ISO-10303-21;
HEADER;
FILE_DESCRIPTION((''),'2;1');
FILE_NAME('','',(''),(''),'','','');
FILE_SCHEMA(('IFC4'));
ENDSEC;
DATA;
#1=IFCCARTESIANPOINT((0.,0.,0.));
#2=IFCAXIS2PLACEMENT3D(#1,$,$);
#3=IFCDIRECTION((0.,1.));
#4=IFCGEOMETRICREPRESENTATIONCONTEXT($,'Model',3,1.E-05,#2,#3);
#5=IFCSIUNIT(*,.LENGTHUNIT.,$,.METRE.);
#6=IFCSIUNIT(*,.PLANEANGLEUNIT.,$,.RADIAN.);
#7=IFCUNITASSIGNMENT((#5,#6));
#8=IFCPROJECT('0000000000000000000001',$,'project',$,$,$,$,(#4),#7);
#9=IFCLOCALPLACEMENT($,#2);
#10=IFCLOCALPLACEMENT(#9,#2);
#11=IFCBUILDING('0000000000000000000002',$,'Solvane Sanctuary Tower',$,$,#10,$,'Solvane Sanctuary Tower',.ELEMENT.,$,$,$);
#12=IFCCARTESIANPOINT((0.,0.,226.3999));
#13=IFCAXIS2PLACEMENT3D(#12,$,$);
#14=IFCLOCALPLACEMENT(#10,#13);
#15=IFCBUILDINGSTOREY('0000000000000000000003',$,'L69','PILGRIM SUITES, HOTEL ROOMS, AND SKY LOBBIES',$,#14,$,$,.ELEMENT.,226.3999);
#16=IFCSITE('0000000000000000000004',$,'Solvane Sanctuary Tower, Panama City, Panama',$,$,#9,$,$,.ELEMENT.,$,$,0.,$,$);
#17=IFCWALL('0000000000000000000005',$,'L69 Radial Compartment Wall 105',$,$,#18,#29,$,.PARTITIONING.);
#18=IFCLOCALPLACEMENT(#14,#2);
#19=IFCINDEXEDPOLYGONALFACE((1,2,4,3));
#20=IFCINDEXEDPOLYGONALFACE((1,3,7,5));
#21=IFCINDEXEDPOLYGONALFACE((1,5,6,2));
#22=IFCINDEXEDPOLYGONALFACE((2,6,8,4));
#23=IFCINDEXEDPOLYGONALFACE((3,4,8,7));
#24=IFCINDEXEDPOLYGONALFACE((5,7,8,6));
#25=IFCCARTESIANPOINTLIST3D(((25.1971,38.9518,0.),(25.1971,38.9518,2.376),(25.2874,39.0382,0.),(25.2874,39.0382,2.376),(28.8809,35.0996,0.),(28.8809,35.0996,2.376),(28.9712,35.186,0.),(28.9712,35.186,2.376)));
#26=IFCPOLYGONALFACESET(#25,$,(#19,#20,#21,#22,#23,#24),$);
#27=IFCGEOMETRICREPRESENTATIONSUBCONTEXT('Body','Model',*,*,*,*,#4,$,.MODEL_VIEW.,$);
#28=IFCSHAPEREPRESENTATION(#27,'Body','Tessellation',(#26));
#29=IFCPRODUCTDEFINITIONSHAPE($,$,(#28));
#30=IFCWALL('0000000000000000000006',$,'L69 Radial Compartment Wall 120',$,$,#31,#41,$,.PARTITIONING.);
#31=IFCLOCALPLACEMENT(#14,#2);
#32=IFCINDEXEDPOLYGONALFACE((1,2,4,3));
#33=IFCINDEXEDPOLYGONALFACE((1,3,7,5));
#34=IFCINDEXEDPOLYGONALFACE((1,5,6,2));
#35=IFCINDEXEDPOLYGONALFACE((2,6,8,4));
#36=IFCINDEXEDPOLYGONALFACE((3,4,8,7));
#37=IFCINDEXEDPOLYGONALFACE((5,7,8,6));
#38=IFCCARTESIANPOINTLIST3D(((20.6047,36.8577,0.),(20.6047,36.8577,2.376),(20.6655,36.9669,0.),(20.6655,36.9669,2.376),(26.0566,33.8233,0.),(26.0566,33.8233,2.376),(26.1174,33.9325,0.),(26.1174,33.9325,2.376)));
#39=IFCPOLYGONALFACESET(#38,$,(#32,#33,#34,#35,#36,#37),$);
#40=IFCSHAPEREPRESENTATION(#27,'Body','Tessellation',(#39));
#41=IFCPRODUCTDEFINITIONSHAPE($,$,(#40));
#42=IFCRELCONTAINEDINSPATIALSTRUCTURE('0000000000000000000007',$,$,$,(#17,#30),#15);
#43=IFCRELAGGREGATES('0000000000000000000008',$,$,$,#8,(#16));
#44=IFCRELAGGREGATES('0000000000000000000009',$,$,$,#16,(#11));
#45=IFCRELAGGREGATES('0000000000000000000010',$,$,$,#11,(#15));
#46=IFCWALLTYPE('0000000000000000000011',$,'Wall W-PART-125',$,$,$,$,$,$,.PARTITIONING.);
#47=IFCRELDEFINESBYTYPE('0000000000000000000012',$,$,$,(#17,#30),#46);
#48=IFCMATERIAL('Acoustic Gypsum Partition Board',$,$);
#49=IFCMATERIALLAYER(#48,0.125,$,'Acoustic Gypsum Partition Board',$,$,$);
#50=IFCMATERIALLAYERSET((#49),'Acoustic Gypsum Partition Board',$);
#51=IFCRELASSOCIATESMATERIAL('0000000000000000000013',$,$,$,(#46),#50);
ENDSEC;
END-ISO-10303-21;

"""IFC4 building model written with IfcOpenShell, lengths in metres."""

from ifc_helpers import new_model, si_unit, direction, frame, frame_2d, origin, place, context, subcontext, project, spatial, rectangle, extrude, material, layer, layer_set, type_object, element, save


model = new_model("IFC4")

# Units and contexts
model_context = context("Model", 3, precision=1e-05, world=origin(), true_north=direction((0.0, 1.0)))
body_context = subcontext(model_context, "Body", "Model", "MODEL_VIEW")
ifc_project = project(units=[si_unit("LENGTHUNIT", "METRE"), si_unit("PLANEANGLEUNIT", "RADIAN")], contexts=[model_context])

# Site, building, storey
site_placement = place(None, origin())
site = spatial("IfcSite", under=ifc_project, at=site_placement, Name="Solvane Sanctuary Tower, Panama City, Panama", CompositionType="ELEMENT", RefElevation=0.0)
building_placement = place(site_placement, origin())
building = spatial("IfcBuilding", under=site, at=building_placement, Name="Solvane Sanctuary Tower", LongName="Solvane Sanctuary Tower", CompositionType="ELEMENT")
storey_placement = place(building_placement, frame((0.0, 0.0, 226.3999)))
storey = spatial("IfcBuildingStorey", under=building, at=storey_placement, Name="L69", Description="PILGRIM SUITES, HOTEL ROOMS, AND SKY LOBBIES", CompositionType="ELEMENT", Elevation=226.3999)

# Shared definitions
ifc_material_1 = material(Name="Acoustic Gypsum Partition Board")

# Walls
ifc_layer_1 = layer(ifc_material_1, 0.125, Name="Acoustic Gypsum Partition Board")
ifc_layer_set_1 = layer_set([ifc_layer_1], Name="Acoustic Gypsum Partition Board")
wall_type_1 = type_object("IfcWallType", Name="Wall W-PART-125", PredefinedType="PARTITIONING", material=ifc_layer_set_1)
wall_1_placement = place(storey_placement, frame((28.926, 35.1428, 0.0), z_axis=(0.0, 0.0, 1.0), x_axis=(-0.691128, 0.722732, 0.0)))
element("IfcWall", 1, at=wall_1_placement, inside=storey, type_object=wall_type_1, Name="L69 Radial Compartment Wall 105", PredefinedType="PARTITIONING", context=body_context, shape_type="SweptSolid", body=[
    extrude(rectangle(XDim=5.3301, YDim=0.125, at=frame_2d((2.665, 0.0))), origin(), (0.0, 0.0, 1.0), 2.376),
])
wall_2_placement = place(storey_placement, frame((26.0869, 33.8779, 0.0), z_axis=(0.0, 0.0, 1.0), x_axis=(-0.873777, 0.486327, 0.0)))
element("IfcWall", 2, at=wall_2_placement, inside=storey, type_object=wall_type_1, Name="L69 Radial Compartment Wall 120", PredefinedType="PARTITIONING", context=body_context, shape_type="SweptSolid", body=[
    extrude(rectangle(XDim=6.2395, YDim=0.125, at=frame_2d((3.1196, 0.0))), origin(), (0.0, 0.0, 1.0), 2.376),
])

save(model, "model.ifc")
